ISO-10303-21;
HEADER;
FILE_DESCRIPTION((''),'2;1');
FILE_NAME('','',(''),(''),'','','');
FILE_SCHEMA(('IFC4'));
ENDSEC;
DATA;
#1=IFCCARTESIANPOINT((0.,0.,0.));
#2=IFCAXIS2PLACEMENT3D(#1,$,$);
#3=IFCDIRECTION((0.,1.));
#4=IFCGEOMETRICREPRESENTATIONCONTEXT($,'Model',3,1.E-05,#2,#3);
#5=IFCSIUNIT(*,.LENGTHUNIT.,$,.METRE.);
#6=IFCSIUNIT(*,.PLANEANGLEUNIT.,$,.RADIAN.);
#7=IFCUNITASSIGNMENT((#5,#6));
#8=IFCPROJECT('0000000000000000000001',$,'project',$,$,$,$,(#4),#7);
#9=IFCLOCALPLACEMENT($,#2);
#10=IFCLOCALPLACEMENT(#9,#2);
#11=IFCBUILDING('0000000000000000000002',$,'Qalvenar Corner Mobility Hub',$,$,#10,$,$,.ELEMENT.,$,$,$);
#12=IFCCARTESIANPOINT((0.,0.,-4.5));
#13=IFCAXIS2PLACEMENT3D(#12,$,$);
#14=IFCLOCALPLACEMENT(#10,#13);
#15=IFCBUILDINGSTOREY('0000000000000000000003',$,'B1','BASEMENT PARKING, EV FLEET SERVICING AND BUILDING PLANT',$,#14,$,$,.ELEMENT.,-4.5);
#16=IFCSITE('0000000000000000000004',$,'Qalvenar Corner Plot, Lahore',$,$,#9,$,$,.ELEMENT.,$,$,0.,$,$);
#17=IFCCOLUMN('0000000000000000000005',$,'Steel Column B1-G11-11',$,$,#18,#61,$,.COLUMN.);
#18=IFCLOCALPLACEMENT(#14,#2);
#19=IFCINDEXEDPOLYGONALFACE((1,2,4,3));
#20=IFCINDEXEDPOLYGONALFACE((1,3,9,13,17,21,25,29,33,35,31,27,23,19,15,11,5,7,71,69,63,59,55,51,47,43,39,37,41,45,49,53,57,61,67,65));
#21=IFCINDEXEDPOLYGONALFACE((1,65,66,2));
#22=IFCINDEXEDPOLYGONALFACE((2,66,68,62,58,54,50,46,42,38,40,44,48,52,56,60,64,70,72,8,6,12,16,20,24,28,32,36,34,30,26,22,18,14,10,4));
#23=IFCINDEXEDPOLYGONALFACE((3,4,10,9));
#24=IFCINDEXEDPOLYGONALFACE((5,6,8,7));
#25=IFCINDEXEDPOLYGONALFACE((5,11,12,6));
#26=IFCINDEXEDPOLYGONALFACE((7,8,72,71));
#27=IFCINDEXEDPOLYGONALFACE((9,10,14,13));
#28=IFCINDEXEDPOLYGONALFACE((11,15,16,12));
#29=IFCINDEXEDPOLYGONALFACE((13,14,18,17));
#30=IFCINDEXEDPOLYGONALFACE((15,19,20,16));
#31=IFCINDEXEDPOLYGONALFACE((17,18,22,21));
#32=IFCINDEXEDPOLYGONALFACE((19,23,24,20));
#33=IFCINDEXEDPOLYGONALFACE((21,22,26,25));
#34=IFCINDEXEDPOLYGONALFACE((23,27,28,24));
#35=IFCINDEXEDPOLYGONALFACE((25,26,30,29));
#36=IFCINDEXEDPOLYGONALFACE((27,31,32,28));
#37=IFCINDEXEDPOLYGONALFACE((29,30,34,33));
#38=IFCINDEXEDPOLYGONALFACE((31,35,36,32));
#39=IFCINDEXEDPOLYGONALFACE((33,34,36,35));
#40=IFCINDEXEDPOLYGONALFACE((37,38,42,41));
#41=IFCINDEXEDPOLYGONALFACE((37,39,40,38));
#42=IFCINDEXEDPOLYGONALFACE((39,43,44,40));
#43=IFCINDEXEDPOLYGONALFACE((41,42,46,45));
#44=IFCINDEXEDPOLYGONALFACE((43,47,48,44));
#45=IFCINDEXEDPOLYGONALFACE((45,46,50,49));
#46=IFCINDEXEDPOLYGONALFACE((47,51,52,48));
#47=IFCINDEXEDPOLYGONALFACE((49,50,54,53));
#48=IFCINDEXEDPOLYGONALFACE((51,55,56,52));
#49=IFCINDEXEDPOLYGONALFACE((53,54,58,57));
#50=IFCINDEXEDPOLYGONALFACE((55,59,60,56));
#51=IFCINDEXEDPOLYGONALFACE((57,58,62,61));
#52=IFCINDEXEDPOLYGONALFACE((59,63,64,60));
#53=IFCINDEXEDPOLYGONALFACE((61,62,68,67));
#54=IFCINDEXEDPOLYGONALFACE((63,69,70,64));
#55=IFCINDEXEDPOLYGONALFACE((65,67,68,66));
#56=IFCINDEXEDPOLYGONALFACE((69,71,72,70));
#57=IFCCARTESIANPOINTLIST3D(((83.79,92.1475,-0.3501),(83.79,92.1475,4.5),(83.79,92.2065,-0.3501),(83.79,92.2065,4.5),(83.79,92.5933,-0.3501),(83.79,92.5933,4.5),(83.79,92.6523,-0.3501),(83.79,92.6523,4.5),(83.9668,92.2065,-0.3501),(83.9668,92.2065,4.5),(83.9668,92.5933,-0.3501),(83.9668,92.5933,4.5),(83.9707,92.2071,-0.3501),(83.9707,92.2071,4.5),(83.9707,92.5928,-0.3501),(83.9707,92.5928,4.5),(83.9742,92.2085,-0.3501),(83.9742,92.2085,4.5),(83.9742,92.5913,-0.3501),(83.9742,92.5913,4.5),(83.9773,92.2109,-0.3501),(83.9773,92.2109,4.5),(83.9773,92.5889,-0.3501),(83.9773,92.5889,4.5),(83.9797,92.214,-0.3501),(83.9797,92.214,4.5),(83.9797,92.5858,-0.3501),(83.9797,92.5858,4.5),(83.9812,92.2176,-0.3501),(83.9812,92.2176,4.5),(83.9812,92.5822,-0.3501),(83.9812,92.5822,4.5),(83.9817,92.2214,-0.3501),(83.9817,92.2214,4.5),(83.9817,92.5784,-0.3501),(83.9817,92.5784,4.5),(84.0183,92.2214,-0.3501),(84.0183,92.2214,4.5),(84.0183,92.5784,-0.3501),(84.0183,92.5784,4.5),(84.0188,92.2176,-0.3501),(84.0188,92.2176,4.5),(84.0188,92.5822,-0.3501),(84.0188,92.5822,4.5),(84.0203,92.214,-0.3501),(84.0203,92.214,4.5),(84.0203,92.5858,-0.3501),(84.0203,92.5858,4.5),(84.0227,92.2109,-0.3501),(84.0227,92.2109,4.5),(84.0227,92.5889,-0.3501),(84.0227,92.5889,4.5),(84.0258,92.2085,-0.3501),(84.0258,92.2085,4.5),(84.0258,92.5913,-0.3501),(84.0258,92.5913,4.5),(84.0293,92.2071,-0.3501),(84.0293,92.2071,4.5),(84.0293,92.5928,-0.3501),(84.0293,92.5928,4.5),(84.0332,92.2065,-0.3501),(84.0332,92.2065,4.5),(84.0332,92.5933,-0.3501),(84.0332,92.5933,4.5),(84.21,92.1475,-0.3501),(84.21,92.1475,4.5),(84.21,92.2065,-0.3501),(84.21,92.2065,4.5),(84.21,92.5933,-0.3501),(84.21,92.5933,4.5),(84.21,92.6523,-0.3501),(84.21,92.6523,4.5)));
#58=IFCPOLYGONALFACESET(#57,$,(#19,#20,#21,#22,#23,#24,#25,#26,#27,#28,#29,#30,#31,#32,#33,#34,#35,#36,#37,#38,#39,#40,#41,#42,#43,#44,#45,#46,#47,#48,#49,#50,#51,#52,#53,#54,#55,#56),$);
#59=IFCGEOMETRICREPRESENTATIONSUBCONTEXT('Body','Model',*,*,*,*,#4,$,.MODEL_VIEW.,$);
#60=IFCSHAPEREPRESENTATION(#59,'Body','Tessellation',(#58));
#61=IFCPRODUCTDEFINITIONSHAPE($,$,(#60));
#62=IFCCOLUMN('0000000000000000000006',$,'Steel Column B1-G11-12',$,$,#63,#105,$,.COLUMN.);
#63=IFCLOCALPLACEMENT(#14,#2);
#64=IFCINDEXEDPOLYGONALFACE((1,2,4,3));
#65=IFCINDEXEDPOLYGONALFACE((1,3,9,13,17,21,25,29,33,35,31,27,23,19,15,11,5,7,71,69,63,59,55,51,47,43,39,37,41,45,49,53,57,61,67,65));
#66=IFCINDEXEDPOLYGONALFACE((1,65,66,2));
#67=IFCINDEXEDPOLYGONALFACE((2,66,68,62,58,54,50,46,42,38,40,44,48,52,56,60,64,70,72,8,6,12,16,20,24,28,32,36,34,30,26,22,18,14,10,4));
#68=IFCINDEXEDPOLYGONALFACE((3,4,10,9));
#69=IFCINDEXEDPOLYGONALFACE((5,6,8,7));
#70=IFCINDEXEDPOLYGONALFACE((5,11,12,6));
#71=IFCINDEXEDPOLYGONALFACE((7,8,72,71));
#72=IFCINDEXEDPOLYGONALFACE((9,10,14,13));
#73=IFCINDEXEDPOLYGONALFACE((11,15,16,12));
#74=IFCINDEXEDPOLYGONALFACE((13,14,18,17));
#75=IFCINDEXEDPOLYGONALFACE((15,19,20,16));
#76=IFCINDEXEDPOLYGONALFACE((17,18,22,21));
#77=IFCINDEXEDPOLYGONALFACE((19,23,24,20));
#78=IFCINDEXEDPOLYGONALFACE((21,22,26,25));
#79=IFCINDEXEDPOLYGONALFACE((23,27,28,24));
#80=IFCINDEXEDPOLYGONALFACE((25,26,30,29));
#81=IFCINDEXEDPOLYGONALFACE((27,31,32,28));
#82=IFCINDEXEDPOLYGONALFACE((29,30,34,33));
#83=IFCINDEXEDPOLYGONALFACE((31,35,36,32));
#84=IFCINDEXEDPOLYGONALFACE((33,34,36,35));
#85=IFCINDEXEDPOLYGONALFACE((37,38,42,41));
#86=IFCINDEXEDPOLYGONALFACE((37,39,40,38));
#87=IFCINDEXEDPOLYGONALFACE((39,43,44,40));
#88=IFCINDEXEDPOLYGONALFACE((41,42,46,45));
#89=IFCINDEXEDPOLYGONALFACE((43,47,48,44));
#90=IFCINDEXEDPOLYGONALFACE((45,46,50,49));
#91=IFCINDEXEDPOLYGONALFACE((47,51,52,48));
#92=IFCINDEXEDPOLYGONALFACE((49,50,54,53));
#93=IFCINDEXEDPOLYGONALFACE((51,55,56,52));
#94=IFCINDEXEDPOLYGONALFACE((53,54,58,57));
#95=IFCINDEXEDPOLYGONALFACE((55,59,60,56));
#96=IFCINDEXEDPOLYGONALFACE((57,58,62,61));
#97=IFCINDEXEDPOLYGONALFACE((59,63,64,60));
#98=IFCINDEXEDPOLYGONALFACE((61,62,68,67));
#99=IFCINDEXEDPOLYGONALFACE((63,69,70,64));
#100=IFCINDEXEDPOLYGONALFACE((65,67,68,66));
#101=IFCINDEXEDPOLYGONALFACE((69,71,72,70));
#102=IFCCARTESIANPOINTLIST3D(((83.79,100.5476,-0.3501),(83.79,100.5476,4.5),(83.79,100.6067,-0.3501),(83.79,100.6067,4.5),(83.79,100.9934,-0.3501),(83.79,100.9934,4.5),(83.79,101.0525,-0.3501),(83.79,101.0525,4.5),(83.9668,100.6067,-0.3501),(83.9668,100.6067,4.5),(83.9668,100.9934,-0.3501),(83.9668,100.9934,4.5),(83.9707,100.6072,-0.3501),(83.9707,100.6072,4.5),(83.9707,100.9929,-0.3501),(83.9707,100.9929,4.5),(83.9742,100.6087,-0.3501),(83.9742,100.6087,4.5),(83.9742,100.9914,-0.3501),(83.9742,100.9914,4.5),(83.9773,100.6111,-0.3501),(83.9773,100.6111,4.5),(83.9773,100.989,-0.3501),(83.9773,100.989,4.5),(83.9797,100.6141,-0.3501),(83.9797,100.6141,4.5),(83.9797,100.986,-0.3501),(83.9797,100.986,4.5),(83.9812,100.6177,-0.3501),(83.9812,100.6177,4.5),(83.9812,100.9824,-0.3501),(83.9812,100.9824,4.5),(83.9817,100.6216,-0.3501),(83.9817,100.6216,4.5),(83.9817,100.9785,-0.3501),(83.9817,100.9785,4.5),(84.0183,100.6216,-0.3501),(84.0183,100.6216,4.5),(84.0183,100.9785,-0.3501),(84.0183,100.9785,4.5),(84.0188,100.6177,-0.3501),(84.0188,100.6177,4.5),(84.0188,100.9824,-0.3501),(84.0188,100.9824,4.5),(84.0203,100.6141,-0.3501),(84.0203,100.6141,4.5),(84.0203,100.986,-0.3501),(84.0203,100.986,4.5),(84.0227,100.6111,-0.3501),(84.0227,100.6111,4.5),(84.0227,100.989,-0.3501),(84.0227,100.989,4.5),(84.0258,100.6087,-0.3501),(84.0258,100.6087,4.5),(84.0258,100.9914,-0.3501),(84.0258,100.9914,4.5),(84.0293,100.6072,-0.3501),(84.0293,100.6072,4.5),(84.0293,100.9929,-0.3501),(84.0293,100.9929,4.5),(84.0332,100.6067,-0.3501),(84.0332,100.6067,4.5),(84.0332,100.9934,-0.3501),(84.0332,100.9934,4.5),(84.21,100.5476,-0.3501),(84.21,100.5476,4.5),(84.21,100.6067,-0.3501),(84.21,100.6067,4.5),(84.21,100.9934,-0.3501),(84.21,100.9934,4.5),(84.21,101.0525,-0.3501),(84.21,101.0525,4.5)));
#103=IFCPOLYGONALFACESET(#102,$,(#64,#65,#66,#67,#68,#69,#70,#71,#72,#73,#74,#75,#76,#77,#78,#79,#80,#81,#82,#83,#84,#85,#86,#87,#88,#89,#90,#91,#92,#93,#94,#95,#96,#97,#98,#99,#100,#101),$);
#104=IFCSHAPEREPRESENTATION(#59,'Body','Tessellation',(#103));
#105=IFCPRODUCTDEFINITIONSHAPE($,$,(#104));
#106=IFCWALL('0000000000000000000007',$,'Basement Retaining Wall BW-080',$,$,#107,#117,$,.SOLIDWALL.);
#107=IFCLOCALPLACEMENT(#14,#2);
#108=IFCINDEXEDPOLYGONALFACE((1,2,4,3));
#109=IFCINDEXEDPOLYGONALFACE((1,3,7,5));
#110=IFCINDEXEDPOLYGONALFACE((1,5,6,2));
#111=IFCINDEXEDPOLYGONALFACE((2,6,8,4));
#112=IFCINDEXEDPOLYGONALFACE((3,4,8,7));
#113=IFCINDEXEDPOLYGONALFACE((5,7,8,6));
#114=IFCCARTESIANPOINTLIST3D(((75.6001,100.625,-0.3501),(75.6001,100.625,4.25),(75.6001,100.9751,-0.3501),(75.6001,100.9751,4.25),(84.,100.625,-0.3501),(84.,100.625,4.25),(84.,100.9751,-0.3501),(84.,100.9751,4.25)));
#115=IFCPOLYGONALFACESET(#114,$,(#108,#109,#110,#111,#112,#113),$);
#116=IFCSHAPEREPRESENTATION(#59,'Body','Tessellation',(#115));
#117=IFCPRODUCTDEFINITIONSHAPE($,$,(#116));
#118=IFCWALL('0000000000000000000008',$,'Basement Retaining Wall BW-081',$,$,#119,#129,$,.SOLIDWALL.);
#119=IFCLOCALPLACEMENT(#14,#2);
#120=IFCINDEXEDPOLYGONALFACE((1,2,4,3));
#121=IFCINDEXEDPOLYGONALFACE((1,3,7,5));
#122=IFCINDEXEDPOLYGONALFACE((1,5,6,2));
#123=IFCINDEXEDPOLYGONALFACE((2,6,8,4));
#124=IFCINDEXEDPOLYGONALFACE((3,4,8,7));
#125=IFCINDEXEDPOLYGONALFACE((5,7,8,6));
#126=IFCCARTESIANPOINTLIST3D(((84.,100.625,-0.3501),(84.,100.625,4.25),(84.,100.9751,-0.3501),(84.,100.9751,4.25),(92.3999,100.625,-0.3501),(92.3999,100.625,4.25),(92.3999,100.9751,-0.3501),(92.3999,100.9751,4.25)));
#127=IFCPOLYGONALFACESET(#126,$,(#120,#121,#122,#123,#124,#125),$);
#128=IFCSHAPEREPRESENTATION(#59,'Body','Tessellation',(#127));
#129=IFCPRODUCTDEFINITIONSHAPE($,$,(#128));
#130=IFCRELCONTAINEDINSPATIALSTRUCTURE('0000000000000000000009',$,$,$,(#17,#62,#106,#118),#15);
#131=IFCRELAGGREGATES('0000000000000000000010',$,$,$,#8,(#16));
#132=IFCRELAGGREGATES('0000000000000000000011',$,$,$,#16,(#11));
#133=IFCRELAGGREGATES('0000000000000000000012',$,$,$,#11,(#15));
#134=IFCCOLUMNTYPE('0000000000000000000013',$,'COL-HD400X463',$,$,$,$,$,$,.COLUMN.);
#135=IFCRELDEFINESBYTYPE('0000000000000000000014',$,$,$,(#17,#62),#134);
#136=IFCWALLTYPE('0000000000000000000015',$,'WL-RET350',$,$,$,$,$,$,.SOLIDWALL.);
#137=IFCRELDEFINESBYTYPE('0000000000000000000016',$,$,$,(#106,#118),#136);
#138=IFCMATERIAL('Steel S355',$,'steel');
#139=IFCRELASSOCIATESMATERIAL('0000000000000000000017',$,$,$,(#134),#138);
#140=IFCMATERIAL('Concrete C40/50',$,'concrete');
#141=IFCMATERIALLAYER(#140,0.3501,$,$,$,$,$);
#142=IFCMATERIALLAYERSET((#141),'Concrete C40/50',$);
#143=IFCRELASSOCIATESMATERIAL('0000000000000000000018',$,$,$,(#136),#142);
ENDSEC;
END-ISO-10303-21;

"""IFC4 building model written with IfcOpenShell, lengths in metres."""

from ifc_helpers import new_model, si_unit, direction, frame, frame_2d, origin, origin_2d, place, context, subcontext, project, spatial, rectangle, i_section, extrude, material, layer, layer_set, material_profile, profile_set, type_object, element, save


model = new_model("IFC4")

# Units and contexts
model_context = context("Model", 3, precision=1e-05, world=origin(), true_north=direction((0.0, 1.0)))
body_context = subcontext(model_context, "Body", "Model", "MODEL_VIEW")
ifc_project = project(units=[si_unit("LENGTHUNIT", "METRE"), si_unit("PLANEANGLEUNIT", "RADIAN")], contexts=[model_context])

# Site, building, storey
site_placement = place(None, origin())
site = spatial("IfcSite", under=ifc_project, at=site_placement, Name="Qalvenar Corner Plot, Lahore", CompositionType="ELEMENT", RefElevation=0.0)
building_placement = place(site_placement, origin())
building = spatial("IfcBuilding", under=site, at=building_placement, Name="Qalvenar Corner Mobility Hub", CompositionType="ELEMENT")
storey_placement = place(building_placement, frame((0.0, 0.0, -4.5)))
storey = spatial("IfcBuildingStorey", under=building, at=storey_placement, Name="B1", Description="BASEMENT PARKING, EV FLEET SERVICING AND BUILDING PLANT", CompositionType="ELEMENT", Elevation=-4.5)

# Shared definitions
ifc_material_1 = material(Name="Concrete C40/50", Category="concrete")

# Columns
ifc_material_2 = material(Name="Steel S355", Category="steel")
ifc_material_profile_1 = material_profile(ifc_material_2, i_section(OverallWidth=0.4199, OverallDepth=0.5049, WebThickness=0.0366, FlangeThickness=0.0591, FilletRadius=0.0149, at=origin_2d()), Name="HD400x551")
ifc_profile_set_1 = profile_set([ifc_material_profile_1], Name="Steel S355")
column_type_1 = type_object("IfcColumnType", Name="COL-HD400X463", PredefinedType="COLUMN", material=ifc_profile_set_1)
for number, where, z_axis, x_axis, name in (
    (1, (84.0, 92.3999, -0.3501), (0.0, 0.0, 1.0), (1.0, 0.0, 0.0), "Steel Column B1-G11-11"),
    (2, (84.0, 100.8, -0.3501), (0.0, 0.0, 1.0), (1.0, 0.0, 0.0), "Steel Column B1-G11-12"),
):
    element("IfcColumn", number, at=place(storey_placement, frame(where, z_axis=z_axis, x_axis=x_axis)), inside=storey, type_object=column_type_1, Name=name, PredefinedType="COLUMN", context=body_context, shape_type="SweptSolid", body=[
        extrude(i_section(OverallWidth=0.4199, OverallDepth=0.5049, WebThickness=0.0366, FlangeThickness=0.0591, FilletRadius=0.0149, at=origin_2d()), origin(), (0.0, 0.0, 1.0), 4.8501),
    ])

# Walls
ifc_layer = layer(ifc_material_1, 0.3501)
ifc_layer_set = layer_set([ifc_layer], Name="Concrete C40/50")
wall_type = type_object("IfcWallType", Name="WL-RET350", PredefinedType="SOLIDWALL", material=ifc_layer_set)
for number, where, z_axis, x_axis, name in (
    (3, (75.6001, 100.8, -0.3501), (0.0, 0.0, 1.0), (1.0, 0.0, 0.0), "Basement Retaining Wall BW-080"),
    (4, (84.0, 100.8, -0.3501), (0.0, 0.0, 1.0), (1.0, 0.0, 0.0), "Basement Retaining Wall BW-081"),
):
    element("IfcWall", number, at=place(storey_placement, frame(where, z_axis=z_axis, x_axis=x_axis)), inside=storey, type_object=wall_type, Name=name, PredefinedType="SOLIDWALL", context=body_context, shape_type="SweptSolid", body=[
        extrude(rectangle(XDim=8.3999, YDim=0.3501, at=frame_2d((4.2, 0.0))), origin(), (0.0, 0.0, 1.0), 4.6001),
    ])

save(model, "model.ifc")
